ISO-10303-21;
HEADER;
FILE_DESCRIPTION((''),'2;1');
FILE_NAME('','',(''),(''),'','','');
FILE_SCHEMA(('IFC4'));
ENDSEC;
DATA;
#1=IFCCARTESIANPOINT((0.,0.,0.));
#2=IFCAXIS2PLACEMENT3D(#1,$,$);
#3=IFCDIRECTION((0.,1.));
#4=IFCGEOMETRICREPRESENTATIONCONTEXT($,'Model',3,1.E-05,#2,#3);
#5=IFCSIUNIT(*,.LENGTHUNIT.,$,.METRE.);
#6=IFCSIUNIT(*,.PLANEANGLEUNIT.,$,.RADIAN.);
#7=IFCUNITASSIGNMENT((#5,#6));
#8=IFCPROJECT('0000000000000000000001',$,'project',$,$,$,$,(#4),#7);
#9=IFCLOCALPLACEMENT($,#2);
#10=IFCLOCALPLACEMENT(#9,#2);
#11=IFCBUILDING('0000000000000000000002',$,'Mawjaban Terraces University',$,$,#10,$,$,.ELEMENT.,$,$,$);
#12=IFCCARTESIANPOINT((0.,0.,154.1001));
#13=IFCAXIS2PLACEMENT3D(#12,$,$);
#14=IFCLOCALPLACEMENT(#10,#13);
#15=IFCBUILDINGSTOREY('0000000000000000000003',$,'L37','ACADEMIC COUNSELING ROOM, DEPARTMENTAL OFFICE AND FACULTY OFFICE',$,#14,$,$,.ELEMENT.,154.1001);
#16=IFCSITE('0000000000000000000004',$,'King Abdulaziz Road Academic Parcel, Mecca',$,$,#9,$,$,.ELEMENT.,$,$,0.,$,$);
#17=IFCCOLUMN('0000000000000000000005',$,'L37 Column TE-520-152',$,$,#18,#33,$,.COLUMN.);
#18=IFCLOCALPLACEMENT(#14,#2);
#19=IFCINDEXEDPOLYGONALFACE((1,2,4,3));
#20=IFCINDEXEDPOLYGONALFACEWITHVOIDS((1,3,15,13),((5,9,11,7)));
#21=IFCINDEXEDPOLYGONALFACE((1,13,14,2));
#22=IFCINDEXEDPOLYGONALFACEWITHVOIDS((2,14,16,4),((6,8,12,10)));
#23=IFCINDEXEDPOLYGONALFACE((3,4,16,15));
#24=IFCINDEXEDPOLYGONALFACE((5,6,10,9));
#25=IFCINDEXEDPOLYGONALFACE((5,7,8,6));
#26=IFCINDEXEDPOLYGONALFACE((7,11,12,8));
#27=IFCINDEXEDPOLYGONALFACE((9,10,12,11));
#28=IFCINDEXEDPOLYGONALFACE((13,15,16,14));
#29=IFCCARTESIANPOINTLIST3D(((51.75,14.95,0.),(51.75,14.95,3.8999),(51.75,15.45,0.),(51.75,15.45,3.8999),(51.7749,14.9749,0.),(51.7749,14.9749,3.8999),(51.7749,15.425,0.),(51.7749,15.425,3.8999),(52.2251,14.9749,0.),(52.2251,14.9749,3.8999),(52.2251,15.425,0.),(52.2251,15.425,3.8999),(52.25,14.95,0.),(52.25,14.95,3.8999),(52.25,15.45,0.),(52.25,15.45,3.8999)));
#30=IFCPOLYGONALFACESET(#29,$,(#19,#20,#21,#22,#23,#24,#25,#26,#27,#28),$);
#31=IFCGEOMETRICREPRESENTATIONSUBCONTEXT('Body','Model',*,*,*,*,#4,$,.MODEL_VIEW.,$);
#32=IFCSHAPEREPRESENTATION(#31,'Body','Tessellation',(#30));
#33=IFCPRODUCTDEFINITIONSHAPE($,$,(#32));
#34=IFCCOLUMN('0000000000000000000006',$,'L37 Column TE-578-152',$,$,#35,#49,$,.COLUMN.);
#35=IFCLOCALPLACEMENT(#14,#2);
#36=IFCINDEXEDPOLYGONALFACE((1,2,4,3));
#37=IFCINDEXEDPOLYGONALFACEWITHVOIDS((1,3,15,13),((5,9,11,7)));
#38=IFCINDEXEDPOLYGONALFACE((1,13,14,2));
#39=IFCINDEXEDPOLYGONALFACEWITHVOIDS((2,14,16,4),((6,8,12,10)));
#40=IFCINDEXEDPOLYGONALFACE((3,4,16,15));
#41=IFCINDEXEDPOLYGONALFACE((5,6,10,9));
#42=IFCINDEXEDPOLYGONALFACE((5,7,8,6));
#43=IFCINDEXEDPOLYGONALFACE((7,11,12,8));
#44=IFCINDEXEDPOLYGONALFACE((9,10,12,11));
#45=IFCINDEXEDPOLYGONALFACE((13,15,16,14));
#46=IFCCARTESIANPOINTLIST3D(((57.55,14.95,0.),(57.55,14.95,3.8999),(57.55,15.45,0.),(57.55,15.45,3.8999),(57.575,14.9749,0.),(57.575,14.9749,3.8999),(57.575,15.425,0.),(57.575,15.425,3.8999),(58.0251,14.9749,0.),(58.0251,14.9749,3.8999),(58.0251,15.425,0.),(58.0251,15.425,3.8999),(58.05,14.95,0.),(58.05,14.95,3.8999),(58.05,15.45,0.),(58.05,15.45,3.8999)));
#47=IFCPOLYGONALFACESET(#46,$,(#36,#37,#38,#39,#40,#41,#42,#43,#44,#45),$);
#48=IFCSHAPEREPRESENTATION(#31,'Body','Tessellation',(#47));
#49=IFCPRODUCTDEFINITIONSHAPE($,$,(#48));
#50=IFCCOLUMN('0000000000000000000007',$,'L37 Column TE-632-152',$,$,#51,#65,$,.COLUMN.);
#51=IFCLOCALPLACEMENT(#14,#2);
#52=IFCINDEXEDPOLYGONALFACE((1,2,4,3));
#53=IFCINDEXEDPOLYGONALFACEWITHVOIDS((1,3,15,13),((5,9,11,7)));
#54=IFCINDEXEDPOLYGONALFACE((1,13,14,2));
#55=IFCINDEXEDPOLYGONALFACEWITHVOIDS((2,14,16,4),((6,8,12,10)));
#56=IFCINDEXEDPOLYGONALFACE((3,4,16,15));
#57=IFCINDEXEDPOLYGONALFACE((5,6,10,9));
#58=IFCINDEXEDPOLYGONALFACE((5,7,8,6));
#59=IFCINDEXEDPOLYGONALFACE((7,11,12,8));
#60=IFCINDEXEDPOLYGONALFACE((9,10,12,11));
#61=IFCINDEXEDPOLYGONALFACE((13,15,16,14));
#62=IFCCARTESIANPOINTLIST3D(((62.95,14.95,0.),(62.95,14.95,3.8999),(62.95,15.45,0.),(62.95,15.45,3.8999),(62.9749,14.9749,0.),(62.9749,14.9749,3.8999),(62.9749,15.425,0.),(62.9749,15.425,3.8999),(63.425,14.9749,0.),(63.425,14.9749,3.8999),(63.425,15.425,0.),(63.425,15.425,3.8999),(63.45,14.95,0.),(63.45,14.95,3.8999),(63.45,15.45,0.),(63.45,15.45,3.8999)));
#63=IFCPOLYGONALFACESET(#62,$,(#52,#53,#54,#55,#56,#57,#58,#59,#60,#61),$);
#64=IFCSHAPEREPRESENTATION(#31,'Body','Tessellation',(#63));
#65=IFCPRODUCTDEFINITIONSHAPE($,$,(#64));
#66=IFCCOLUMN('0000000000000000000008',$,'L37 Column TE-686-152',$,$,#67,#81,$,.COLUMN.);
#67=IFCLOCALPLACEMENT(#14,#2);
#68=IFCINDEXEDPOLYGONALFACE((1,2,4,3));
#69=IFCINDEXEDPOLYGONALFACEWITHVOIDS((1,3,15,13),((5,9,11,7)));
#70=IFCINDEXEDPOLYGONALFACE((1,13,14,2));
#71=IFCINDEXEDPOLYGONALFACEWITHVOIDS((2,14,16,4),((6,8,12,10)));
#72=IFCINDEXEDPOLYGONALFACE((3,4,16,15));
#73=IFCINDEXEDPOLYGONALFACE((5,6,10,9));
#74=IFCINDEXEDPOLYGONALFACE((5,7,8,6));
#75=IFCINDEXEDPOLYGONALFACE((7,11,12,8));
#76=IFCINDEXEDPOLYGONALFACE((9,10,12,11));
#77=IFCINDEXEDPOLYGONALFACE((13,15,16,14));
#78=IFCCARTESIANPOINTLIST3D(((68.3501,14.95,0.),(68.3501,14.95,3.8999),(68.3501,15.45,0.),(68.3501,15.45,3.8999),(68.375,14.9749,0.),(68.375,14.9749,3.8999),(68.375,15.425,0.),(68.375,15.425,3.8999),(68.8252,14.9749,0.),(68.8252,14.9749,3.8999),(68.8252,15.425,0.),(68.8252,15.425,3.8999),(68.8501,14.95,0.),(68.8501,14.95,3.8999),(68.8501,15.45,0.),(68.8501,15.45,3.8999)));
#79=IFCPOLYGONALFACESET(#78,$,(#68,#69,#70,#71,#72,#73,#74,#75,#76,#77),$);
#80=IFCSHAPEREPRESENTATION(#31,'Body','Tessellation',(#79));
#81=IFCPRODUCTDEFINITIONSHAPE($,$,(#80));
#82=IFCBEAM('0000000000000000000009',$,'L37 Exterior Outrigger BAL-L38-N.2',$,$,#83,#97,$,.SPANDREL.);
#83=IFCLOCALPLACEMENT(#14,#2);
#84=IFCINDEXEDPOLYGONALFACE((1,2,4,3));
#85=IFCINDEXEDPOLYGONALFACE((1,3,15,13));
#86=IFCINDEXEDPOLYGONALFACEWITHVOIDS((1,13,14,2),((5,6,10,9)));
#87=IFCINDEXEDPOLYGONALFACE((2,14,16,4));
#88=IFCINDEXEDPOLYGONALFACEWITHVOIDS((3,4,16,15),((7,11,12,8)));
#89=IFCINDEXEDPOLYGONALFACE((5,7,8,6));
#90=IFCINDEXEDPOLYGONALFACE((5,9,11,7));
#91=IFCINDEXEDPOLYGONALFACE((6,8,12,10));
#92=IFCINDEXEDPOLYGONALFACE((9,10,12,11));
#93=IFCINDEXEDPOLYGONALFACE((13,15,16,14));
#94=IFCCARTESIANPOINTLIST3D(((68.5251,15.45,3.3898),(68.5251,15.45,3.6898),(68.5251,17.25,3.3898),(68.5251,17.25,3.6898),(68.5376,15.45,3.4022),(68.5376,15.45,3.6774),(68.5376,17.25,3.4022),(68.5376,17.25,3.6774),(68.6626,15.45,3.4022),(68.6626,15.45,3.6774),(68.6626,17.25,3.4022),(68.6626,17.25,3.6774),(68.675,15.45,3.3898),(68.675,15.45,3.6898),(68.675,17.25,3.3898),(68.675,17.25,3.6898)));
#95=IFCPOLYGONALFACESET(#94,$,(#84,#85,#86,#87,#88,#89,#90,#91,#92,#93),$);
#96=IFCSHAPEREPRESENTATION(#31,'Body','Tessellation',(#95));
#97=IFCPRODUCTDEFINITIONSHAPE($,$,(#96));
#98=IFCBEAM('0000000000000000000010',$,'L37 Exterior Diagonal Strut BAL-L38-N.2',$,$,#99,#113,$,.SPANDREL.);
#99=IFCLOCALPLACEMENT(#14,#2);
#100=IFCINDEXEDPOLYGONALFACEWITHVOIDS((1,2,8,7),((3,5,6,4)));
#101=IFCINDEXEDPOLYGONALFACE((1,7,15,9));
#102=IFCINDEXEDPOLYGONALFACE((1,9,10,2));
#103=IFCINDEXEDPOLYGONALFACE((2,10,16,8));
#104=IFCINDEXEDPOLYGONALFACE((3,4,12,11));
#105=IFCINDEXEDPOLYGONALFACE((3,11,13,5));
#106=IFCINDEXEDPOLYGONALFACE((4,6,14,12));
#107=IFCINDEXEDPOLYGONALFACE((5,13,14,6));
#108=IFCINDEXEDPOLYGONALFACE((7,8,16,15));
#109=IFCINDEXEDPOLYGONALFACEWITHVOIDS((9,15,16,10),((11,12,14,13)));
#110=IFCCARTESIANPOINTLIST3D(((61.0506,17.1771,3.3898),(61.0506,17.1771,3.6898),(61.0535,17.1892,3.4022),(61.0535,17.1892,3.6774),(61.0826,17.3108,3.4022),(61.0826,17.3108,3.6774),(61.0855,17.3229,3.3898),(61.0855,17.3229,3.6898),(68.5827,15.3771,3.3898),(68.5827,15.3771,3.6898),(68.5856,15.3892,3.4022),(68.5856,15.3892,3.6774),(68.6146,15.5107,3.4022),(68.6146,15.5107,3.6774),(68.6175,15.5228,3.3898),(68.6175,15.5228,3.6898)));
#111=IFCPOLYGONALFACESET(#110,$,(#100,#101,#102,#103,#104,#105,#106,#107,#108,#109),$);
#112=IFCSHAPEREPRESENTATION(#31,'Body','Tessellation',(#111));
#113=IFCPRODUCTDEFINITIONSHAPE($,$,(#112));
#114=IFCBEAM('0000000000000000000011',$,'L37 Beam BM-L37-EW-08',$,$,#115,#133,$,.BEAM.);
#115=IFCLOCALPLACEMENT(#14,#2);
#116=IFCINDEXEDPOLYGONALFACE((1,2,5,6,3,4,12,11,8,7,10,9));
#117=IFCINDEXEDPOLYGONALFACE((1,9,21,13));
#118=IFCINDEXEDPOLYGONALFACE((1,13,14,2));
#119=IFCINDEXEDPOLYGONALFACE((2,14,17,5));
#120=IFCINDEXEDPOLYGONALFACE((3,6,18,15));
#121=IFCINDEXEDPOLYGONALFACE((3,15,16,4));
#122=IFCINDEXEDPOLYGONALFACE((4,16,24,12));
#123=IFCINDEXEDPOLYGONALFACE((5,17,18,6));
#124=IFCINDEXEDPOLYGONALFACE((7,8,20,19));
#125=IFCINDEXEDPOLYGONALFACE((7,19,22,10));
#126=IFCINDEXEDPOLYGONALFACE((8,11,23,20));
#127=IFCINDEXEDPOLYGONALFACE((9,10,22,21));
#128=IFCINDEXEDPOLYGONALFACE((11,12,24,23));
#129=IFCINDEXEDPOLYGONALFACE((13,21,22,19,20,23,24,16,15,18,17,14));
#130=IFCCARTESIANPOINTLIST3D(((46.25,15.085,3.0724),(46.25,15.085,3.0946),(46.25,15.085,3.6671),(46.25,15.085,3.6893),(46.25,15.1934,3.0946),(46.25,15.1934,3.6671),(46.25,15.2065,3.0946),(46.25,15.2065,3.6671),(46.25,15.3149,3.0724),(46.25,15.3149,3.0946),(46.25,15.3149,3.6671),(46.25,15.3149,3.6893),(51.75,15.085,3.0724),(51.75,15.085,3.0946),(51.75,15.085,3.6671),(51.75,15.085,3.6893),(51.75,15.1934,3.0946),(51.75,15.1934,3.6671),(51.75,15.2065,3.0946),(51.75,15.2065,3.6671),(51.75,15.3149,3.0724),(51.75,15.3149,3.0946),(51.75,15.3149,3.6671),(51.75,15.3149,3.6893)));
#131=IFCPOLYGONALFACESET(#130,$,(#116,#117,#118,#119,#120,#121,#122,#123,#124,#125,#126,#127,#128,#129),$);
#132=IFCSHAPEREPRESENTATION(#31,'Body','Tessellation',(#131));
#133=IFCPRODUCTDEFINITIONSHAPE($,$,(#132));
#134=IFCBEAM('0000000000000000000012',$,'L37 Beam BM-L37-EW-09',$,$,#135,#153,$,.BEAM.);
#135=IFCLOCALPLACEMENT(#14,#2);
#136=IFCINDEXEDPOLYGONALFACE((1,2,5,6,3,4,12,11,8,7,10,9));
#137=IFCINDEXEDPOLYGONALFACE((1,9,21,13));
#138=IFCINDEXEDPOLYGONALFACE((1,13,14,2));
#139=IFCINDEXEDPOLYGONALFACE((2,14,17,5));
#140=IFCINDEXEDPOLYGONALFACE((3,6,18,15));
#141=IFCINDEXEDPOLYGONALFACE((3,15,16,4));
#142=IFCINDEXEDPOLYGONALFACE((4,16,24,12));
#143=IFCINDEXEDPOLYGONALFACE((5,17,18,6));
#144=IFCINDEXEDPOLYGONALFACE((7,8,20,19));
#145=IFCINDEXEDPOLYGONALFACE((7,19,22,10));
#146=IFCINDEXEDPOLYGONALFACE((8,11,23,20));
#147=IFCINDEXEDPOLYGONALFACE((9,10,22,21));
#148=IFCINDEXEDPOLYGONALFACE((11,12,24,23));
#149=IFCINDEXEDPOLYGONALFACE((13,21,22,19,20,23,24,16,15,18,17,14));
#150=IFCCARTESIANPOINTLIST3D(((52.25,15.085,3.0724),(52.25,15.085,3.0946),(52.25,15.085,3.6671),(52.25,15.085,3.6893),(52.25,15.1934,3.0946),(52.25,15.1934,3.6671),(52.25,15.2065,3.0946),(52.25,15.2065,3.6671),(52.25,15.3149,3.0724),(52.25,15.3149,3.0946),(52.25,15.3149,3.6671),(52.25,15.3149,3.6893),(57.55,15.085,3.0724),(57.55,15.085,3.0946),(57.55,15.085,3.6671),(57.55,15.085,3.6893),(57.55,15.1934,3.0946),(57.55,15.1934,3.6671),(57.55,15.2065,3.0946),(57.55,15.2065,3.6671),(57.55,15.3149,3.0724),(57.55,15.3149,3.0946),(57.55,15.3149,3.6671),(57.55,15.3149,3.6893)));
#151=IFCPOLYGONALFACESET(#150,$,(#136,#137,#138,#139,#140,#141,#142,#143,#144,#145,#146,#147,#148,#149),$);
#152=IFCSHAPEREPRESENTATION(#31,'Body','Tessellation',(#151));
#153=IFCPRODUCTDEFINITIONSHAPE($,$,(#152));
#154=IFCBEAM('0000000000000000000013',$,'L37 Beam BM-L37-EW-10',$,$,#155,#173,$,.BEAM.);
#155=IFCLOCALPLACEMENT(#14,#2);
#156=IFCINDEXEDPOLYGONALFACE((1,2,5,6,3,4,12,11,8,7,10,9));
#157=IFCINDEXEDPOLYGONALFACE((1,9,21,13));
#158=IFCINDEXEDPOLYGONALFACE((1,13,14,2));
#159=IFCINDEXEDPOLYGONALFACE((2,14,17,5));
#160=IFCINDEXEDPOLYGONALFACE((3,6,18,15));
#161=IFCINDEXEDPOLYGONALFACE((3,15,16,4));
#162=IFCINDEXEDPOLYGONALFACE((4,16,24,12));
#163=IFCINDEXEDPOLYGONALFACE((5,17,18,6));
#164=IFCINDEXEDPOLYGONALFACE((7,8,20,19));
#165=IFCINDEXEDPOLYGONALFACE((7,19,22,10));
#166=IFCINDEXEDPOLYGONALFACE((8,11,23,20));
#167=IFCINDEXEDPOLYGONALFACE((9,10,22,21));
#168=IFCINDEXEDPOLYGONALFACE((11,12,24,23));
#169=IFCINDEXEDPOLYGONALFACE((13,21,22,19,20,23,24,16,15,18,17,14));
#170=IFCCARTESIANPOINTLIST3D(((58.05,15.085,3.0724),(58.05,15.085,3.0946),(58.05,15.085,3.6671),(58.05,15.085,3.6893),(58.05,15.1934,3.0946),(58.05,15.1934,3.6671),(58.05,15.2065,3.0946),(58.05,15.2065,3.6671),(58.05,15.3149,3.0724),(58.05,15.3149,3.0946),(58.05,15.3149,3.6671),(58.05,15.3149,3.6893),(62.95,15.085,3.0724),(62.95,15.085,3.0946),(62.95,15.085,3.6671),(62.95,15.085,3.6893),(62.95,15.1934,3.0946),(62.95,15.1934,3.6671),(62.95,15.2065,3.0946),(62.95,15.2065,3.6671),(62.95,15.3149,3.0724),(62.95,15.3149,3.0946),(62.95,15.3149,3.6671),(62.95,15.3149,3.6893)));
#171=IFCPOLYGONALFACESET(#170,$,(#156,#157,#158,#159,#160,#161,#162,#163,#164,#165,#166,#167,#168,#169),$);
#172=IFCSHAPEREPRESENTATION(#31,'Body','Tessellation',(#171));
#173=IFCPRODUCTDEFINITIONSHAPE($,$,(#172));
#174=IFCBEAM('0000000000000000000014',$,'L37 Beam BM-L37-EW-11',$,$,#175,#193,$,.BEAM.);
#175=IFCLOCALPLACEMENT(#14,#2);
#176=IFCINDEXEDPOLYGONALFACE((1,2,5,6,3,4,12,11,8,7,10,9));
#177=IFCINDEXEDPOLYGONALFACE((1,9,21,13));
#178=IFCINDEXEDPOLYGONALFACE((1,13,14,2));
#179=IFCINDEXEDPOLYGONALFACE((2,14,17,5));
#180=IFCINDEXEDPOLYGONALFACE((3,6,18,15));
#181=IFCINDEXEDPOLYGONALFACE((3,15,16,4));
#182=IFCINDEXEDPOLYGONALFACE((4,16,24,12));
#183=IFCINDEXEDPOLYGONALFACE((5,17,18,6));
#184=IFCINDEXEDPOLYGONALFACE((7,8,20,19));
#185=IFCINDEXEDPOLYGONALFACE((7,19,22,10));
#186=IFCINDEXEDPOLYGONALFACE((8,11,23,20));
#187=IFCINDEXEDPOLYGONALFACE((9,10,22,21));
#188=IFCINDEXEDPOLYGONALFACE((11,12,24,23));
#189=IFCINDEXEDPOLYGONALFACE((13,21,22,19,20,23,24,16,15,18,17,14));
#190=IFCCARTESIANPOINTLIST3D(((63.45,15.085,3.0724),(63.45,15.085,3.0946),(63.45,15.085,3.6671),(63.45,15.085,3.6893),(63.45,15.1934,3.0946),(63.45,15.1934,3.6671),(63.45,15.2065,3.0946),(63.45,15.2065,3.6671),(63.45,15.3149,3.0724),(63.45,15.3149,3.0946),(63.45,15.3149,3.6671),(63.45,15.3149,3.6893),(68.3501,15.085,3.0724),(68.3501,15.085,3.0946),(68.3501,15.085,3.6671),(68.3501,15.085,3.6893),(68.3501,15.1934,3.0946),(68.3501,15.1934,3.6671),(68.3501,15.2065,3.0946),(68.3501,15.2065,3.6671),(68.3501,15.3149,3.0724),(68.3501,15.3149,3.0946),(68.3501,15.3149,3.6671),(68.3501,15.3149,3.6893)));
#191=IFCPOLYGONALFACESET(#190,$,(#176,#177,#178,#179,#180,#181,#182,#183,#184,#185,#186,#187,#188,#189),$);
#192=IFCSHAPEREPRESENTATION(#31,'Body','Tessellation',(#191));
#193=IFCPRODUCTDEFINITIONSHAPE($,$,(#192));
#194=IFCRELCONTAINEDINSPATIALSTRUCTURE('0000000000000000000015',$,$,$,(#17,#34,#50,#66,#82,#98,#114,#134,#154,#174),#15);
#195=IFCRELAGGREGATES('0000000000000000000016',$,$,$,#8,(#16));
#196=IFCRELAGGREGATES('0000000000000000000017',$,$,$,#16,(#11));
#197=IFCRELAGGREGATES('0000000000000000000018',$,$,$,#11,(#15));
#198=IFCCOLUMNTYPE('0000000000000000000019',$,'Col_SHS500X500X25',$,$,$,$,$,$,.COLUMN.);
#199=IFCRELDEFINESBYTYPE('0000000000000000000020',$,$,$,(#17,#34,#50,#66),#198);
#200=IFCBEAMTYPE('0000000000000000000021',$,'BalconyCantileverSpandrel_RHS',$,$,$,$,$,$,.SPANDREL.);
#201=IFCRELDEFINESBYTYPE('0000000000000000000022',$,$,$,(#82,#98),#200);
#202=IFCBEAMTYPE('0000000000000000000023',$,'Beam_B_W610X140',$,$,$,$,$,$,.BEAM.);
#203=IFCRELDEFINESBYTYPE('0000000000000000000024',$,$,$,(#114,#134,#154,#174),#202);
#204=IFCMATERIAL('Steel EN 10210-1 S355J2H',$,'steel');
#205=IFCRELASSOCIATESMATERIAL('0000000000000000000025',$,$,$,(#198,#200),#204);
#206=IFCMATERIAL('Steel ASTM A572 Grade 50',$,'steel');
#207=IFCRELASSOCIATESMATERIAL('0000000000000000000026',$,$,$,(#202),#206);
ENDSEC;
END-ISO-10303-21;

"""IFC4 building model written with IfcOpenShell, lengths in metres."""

from ifc_helpers import new_model, si_unit, direction, frame, origin, origin_2d, place, context, subcontext, project, spatial, hollow_rectangle, i_section, extrude, material, material_profile, profile_set, type_object, element, save


model = new_model("IFC4")

# Units and contexts
model_context = context("Model", 3, precision=1e-05, world=origin(), true_north=direction((0.0, 1.0)))
body_context = subcontext(model_context, "Body", "Model", "MODEL_VIEW")
ifc_project = project(units=[si_unit("LENGTHUNIT", "METRE"), si_unit("PLANEANGLEUNIT", "RADIAN")], contexts=[model_context])

# Site, building, storey
site_placement = place(None, origin())
site = spatial("IfcSite", under=ifc_project, at=site_placement, Name="King Abdulaziz Road Academic Parcel, Mecca", CompositionType="ELEMENT", RefElevation=0.0)
building_placement = place(site_placement, origin())
building = spatial("IfcBuilding", under=site, at=building_placement, Name="Mawjaban Terraces University", CompositionType="ELEMENT")
storey_placement = place(building_placement, frame((0.0, 0.0, 154.1001)))
storey = spatial("IfcBuildingStorey", under=building, at=storey_placement, Name="L37", Description="ACADEMIC COUNSELING ROOM, DEPARTMENTAL OFFICE AND FACULTY OFFICE", CompositionType="ELEMENT", Elevation=154.1001)

# Columns
ifc_material_1 = material(Name="Steel EN 10210-1 S355J2H", Category="steel")
ifc_material_profile_1 = material_profile(ifc_material_1, hollow_rectangle(XDim=0.5, YDim=0.5, WallThickness=0.0249, at=origin_2d()), Name="SHS500X500X25")
ifc_profile_set_1 = profile_set([ifc_material_profile_1], Name="Steel EN 10210-1 S355J2H")
column_type = type_object("IfcColumnType", Name="Col_SHS500X500X25", PredefinedType="COLUMN", material=ifc_profile_set_1)
for number, where, z_axis, x_axis, name in (
    (1, (52.0, 15.2, 0.0), (0.0, 0.0, 1.0), (1.0, 0.0, 0.0), "L37 Column TE-520-152"),
    (2, (57.8, 15.2, 0.0), (0.0, 0.0, 1.0), (1.0, 0.0, 0.0), "L37 Column TE-578-152"),
    (3, (63.2, 15.2, 0.0), (0.0, 0.0, 1.0), (1.0, 0.0, 0.0), "L37 Column TE-632-152"),
    (4, (68.6001, 15.2, 0.0), (0.0, 0.0, 1.0), (1.0, 0.0, 0.0), "L37 Column TE-686-152"),
):
    element("IfcColumn", number, at=place(storey_placement, frame(where, z_axis=z_axis, x_axis=x_axis)), inside=storey, type_object=column_type, Name=name, PredefinedType="COLUMN", context=body_context, shape_type="SweptSolid", body=[
        extrude(hollow_rectangle(XDim=0.5, YDim=0.5, WallThickness=0.0249, at=origin_2d()), origin(), (0.0, 0.0, 1.0), 3.8999),
    ])

# Beams
ifc_material_profile_2 = material_profile(ifc_material_1, hollow_rectangle(XDim=0.1499, YDim=0.3, WallThickness=0.0125, at=origin_2d()), Name="RHS300X150X12.5")
ifc_profile_set_2 = profile_set([ifc_material_profile_2], Name="Steel EN 10210-1 S355J2H")
beam_type_1 = type_object("IfcBeamType", Name="BalconyCantileverSpandrel_RHS", PredefinedType="SPANDREL", material=ifc_profile_set_2)
beam_1_placement = place(storey_placement, frame((68.6001, 15.45, 3.5398), z_axis=(0.0, 1.0, 0.0), x_axis=(-1.0, 0.0, 0.0)))
element("IfcBeam", 5, at=beam_1_placement, inside=storey, type_object=beam_type_1, Name="L37 Exterior Outrigger BAL-L38-N.2", PredefinedType="SPANDREL", context=body_context, shape_type="SweptSolid", body=[
    extrude(hollow_rectangle(XDim=0.1499, YDim=0.3, WallThickness=0.0125, at=origin_2d()), origin(), (0.0, 0.0, 1.0), 1.8),
])
beam_2_placement = place(storey_placement, frame((68.6001, 15.45, 3.5398), z_axis=(-0.97261, 0.232442, 0.0), x_axis=(-0.232442, -0.97261, 0.0)))
element("IfcBeam", 6, at=beam_2_placement, inside=storey, type_object=beam_type_1, Name="L37 Exterior Diagonal Strut BAL-L38-N.2", PredefinedType="SPANDREL", context=body_context, shape_type="SweptSolid", body=[
    extrude(hollow_rectangle(XDim=0.1499, YDim=0.3, WallThickness=0.0125, at=origin_2d()), origin(), (0.0, 0.0, 1.0), 7.7441),
])
ifc_material_2 = material(Name="Steel ASTM A572 Grade 50", Category="steel")
ifc_material_profile_3 = material_profile(ifc_material_2, i_section(OverallWidth=0.23, OverallDepth=0.6169, WebThickness=0.0132, FlangeThickness=0.0222, at=origin_2d()), Name="W610X140")
ifc_profile_set_3 = profile_set([ifc_material_profile_3], Name="Steel ASTM A572 Grade 50")
beam_type_2 = type_object("IfcBeamType", Name="Beam_B_W610X140", PredefinedType="BEAM", material=ifc_profile_set_3)
beam_3_placement = place(storey_placement, frame((46.25, 15.2, 3.3809), z_axis=(1.0, 0.0, 0.0), x_axis=(0.0, 1.0, 0.0)))
element("IfcBeam", 7, at=beam_3_placement, inside=storey, type_object=beam_type_2, Name="L37 Beam BM-L37-EW-08", PredefinedType="BEAM", context=body_context, shape_type="SweptSolid", body=[
    extrude(i_section(OverallWidth=0.23, OverallDepth=0.6169, WebThickness=0.0132, FlangeThickness=0.0222, at=origin_2d()), origin(), (0.0, 0.0, 1.0), 5.5),
])
beam_4_placement = place(storey_placement, frame((52.25, 15.2, 3.3809), z_axis=(1.0, 0.0, 0.0), x_axis=(0.0, 1.0, 0.0)))
element("IfcBeam", 8, at=beam_4_placement, inside=storey, type_object=beam_type_2, Name="L37 Beam BM-L37-EW-09", PredefinedType="BEAM", context=body_context, shape_type="SweptSolid", body=[
    extrude(i_section(OverallWidth=0.23, OverallDepth=0.6169, WebThickness=0.0132, FlangeThickness=0.0222, at=origin_2d()), origin(), (0.0, 0.0, 1.0), 5.3),
])
beam_5_placement = place(storey_placement, frame((58.05, 15.2, 3.3809), z_axis=(1.0, 0.0, 0.0), x_axis=(0.0, 1.0, 0.0)))
element("IfcBeam", 9, at=beam_5_placement, inside=storey, type_object=beam_type_2, Name="L37 Beam BM-L37-EW-10", PredefinedType="BEAM", context=body_context, shape_type="SweptSolid", body=[
    extrude(i_section(OverallWidth=0.23, OverallDepth=0.6169, WebThickness=0.0132, FlangeThickness=0.0222, at=origin_2d()), origin(), (0.0, 0.0, 1.0), 4.8999),
])
beam_6_placement = place(storey_placement, frame((63.45, 15.2, 3.3809), z_axis=(1.0, 0.0, 0.0), x_axis=(0.0, 1.0, 0.0)))
element("IfcBeam", 10, at=beam_6_placement, inside=storey, type_object=beam_type_2, Name="L37 Beam BM-L37-EW-11", PredefinedType="BEAM", context=body_context, shape_type="SweptSolid", body=[
    extrude(i_section(OverallWidth=0.23, OverallDepth=0.6169, WebThickness=0.0132, FlangeThickness=0.0222, at=origin_2d()), origin(), (0.0, 0.0, 1.0), 4.9001),
])

save(model, "model.ifc")
